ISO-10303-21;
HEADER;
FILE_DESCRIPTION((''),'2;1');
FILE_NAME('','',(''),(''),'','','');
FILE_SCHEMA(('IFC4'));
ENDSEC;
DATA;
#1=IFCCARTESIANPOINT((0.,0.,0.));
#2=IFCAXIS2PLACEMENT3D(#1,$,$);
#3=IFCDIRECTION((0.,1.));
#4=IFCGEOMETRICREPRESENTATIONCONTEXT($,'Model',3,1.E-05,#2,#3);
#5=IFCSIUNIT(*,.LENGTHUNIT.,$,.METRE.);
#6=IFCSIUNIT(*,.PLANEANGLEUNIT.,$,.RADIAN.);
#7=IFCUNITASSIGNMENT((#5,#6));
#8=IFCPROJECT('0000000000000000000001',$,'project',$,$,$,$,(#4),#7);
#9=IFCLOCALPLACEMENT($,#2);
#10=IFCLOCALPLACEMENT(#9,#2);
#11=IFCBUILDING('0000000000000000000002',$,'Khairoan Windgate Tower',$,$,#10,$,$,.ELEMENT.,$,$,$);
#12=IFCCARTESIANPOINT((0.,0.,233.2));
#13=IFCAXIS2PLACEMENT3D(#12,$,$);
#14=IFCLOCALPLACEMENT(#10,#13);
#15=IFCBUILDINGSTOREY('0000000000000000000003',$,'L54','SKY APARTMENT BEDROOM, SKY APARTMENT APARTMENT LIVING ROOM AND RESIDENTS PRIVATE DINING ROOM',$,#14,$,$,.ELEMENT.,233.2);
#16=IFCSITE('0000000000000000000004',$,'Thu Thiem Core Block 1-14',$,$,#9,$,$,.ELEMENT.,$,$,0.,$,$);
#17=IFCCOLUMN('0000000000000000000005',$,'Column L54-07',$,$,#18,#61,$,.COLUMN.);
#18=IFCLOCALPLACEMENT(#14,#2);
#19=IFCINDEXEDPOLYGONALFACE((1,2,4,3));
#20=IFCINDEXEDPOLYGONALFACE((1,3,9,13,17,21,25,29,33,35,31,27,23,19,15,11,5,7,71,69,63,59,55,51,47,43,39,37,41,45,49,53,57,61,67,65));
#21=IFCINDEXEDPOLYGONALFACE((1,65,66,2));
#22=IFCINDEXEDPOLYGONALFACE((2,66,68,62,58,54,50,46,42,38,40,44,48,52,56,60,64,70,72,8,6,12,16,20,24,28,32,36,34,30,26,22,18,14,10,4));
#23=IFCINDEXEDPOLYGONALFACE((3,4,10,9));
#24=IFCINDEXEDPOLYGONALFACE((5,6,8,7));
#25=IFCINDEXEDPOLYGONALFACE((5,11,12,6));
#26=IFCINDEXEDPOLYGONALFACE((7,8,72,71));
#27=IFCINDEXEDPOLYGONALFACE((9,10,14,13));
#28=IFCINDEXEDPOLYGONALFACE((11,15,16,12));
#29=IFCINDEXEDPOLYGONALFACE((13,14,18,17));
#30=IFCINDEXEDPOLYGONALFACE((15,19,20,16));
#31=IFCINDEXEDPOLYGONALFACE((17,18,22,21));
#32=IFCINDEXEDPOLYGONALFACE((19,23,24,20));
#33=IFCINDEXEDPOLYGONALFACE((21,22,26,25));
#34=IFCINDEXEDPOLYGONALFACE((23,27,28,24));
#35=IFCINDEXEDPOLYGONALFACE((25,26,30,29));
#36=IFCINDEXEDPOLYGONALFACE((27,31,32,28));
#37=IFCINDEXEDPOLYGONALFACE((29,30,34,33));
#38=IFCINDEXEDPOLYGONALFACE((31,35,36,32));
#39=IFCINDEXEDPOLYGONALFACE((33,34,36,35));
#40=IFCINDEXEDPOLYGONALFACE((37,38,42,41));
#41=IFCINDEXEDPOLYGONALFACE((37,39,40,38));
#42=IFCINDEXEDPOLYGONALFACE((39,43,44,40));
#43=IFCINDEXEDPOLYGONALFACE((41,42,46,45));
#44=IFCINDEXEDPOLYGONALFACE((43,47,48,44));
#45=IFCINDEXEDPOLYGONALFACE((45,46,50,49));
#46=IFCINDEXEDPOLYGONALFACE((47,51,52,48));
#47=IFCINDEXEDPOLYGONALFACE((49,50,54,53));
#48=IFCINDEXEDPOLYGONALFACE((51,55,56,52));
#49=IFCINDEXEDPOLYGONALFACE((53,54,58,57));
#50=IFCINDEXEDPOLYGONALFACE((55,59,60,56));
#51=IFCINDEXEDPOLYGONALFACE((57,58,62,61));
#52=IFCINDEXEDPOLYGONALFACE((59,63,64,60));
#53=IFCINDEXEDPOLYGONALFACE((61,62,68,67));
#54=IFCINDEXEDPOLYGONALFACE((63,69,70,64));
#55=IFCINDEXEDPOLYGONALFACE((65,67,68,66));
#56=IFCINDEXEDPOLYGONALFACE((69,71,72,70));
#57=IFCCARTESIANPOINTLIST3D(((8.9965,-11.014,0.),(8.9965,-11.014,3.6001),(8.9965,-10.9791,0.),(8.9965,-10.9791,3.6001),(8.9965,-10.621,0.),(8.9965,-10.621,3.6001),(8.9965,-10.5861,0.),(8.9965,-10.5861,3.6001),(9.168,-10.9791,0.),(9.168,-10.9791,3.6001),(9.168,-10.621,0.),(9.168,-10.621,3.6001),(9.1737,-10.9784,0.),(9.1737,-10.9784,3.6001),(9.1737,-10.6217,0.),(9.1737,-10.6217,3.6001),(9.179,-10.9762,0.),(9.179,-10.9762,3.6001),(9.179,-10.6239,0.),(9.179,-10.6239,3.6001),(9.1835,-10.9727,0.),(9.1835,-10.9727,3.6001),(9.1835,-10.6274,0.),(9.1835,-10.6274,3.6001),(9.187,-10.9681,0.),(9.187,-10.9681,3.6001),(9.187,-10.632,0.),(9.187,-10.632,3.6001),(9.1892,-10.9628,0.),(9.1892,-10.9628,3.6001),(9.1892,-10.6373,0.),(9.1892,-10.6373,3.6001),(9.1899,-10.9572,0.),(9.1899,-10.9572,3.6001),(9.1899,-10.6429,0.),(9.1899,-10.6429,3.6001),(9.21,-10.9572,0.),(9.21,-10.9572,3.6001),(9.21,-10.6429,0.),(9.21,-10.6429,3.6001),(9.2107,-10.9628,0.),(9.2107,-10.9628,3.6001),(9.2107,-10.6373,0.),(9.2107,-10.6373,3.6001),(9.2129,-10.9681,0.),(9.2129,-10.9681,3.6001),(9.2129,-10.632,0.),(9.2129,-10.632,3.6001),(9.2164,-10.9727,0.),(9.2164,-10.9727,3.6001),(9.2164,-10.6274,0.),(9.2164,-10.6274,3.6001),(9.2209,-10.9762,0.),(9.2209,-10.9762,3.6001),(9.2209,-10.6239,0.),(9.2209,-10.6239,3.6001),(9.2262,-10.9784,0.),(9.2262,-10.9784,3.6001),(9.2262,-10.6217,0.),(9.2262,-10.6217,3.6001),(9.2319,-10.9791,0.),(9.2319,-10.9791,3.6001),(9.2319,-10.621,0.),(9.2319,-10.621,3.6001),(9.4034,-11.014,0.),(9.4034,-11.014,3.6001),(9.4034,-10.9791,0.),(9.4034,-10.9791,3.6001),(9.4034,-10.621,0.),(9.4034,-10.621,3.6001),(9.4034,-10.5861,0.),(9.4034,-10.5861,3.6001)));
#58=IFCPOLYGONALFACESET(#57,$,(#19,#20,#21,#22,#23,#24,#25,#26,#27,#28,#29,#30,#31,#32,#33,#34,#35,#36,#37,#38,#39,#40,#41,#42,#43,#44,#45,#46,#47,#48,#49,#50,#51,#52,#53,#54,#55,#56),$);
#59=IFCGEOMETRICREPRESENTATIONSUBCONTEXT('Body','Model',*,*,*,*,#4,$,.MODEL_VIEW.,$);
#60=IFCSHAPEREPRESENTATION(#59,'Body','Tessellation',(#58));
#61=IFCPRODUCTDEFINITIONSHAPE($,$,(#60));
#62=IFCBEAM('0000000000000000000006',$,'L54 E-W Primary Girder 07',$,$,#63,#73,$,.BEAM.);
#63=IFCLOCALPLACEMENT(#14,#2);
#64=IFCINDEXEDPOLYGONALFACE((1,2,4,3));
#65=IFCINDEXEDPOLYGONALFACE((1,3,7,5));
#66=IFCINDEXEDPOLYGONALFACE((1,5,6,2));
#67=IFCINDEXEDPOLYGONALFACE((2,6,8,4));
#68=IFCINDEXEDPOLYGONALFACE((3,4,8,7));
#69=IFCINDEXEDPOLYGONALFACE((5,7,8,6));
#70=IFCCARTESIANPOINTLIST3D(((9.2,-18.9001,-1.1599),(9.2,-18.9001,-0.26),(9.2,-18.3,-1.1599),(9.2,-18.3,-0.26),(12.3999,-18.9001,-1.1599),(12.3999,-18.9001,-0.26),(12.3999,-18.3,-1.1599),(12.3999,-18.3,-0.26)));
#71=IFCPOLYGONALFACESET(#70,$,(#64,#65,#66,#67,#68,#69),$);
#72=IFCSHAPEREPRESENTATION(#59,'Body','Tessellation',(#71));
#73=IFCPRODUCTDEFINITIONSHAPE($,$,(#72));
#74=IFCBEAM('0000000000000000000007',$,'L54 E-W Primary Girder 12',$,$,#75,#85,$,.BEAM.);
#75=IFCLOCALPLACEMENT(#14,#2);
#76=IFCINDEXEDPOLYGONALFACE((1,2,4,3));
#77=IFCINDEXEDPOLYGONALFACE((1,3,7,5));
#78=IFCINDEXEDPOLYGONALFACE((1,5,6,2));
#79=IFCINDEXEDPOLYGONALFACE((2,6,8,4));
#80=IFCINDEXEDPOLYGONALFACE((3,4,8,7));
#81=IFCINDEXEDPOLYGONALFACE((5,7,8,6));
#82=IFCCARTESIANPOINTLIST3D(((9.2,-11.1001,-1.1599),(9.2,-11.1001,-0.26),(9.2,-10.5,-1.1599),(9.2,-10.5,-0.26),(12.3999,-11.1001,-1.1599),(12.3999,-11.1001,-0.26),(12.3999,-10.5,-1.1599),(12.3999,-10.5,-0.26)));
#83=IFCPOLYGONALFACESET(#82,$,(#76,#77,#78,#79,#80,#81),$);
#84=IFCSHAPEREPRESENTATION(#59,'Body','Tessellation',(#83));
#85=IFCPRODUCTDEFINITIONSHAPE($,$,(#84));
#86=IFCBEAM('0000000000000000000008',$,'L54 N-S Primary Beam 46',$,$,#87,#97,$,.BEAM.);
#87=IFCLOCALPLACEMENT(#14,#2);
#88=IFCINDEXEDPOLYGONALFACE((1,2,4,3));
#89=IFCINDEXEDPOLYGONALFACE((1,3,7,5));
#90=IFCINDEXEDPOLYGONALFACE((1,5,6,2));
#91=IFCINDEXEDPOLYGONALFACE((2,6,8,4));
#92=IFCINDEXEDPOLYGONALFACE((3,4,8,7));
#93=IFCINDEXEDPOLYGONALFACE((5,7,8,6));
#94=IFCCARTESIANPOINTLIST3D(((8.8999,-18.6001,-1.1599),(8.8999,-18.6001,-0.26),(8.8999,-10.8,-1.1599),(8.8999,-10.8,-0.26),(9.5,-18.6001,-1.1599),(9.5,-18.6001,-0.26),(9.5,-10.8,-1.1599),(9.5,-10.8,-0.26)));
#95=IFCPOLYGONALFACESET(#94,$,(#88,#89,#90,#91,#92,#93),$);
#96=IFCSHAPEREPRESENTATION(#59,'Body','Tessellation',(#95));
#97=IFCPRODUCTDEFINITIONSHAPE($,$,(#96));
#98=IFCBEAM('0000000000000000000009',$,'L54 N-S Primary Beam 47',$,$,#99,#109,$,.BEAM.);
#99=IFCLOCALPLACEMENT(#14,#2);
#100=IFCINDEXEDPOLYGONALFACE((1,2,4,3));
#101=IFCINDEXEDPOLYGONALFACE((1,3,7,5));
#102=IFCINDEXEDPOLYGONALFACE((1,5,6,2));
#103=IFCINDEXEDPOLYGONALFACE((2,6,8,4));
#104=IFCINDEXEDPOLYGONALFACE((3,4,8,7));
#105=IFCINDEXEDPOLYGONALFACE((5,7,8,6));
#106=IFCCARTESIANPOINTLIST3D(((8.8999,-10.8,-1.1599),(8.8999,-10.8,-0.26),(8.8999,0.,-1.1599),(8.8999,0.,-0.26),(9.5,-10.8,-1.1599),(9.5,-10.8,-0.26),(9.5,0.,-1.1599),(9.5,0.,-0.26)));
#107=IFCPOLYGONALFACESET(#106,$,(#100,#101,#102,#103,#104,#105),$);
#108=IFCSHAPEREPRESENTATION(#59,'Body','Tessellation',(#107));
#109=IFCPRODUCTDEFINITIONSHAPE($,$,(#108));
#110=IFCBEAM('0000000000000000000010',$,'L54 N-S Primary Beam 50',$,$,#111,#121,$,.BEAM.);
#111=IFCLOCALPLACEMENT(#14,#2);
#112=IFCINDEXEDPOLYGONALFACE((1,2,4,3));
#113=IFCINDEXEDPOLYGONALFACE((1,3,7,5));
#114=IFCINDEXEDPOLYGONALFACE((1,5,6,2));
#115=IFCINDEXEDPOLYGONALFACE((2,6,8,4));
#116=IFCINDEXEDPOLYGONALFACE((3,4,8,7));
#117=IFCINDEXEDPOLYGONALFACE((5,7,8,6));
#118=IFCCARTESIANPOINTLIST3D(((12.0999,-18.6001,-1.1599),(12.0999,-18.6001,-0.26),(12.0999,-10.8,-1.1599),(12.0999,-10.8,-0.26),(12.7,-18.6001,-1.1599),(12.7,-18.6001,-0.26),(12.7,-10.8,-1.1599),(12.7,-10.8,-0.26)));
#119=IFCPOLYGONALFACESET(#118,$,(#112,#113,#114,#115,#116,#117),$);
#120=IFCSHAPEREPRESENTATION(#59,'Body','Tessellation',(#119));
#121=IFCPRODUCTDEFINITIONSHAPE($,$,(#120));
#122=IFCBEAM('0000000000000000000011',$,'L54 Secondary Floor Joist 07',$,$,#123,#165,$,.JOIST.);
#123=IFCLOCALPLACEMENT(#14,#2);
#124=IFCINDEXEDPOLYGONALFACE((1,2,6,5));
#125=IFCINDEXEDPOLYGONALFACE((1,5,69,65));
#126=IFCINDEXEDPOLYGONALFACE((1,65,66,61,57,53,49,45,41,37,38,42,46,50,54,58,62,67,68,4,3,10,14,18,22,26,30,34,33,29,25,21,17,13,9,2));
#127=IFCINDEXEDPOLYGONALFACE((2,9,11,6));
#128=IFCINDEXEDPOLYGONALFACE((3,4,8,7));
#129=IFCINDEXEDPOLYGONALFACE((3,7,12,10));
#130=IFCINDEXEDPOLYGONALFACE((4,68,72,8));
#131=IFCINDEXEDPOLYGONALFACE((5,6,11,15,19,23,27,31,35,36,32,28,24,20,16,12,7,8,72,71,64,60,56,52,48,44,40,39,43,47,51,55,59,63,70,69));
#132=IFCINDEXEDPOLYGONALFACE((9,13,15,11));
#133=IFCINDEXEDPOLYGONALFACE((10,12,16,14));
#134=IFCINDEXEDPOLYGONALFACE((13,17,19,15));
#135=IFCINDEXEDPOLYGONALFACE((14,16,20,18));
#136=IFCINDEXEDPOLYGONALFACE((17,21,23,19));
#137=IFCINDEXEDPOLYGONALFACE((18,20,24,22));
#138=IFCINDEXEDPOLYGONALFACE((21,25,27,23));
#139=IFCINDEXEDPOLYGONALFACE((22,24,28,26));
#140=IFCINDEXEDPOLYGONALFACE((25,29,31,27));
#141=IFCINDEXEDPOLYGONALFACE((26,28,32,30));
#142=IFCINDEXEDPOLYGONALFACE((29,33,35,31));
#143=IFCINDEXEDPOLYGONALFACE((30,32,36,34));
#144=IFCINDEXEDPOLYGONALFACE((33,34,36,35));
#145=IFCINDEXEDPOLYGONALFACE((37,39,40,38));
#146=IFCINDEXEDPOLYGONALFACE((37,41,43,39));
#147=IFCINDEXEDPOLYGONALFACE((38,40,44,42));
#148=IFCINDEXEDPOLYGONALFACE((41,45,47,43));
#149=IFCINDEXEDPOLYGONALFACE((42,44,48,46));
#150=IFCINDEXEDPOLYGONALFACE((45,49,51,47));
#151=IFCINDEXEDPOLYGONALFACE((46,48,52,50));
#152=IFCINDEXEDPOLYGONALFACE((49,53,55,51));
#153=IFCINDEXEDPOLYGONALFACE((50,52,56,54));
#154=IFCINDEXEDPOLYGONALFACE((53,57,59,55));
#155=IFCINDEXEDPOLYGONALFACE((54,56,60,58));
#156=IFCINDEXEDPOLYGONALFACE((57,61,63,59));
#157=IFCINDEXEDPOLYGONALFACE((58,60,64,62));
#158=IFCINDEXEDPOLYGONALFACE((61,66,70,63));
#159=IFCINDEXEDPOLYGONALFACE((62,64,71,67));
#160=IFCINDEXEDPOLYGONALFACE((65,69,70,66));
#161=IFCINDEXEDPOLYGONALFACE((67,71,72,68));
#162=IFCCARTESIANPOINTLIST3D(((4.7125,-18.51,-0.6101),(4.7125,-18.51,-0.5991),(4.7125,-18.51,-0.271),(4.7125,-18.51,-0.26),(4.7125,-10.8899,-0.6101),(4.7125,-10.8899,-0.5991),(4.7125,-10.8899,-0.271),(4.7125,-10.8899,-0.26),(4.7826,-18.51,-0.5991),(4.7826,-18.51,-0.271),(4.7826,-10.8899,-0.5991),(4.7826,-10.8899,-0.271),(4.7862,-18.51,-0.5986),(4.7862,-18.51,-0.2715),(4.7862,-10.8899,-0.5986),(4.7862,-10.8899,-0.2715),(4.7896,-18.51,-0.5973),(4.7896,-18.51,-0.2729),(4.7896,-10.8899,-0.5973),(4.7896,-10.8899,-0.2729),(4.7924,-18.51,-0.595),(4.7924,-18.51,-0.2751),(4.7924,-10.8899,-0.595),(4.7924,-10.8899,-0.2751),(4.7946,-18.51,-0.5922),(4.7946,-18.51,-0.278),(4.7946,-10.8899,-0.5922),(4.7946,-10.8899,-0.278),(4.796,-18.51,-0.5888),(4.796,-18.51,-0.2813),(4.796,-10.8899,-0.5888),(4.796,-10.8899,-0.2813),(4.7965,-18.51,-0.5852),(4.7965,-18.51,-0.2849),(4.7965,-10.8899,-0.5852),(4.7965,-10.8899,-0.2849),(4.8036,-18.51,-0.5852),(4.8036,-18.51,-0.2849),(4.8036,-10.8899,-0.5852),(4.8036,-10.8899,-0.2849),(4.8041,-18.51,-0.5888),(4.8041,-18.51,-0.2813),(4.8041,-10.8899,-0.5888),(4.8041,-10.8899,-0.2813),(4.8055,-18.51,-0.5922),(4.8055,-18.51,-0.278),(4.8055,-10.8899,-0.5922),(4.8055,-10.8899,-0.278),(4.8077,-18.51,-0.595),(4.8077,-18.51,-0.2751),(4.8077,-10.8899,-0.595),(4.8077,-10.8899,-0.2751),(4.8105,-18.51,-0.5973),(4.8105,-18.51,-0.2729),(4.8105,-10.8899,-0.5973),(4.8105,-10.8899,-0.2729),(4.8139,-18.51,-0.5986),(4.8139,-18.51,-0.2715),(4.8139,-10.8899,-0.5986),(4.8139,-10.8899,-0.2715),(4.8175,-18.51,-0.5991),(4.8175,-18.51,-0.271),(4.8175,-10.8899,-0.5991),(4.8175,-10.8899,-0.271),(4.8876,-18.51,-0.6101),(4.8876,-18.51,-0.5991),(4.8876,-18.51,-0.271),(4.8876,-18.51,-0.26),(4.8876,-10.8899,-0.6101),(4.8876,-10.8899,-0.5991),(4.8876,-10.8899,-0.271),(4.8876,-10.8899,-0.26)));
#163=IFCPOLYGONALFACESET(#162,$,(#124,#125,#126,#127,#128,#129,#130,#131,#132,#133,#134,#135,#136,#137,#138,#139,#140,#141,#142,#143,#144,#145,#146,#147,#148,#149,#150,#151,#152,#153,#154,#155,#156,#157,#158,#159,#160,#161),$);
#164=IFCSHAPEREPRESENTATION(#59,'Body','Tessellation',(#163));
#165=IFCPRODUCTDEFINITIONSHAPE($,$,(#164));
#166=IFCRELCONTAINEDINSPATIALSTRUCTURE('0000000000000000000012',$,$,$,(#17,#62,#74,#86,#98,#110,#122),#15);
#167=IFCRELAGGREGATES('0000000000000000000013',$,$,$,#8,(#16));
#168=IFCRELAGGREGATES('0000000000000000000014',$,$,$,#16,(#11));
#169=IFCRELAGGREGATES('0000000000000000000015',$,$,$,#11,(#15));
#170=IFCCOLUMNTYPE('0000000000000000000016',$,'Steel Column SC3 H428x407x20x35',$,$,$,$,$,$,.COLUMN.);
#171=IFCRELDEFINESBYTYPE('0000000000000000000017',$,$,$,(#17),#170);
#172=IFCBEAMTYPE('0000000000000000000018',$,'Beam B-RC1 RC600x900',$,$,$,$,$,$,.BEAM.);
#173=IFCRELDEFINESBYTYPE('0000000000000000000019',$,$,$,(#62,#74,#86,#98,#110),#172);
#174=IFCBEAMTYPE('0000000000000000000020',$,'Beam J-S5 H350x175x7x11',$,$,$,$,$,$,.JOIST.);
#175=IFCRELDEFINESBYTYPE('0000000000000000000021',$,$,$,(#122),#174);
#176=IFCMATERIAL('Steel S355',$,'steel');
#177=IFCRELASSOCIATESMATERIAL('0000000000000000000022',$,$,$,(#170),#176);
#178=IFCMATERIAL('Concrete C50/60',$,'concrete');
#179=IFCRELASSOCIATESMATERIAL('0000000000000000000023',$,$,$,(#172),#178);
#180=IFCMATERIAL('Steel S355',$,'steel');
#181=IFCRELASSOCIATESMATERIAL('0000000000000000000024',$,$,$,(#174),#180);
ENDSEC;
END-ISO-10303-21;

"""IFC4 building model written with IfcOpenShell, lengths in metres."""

from ifc_helpers import new_model, si_unit, direction, frame, origin, origin_2d, place, context, subcontext, project, spatial, rectangle, i_section, extrude, material, material_profile, profile_set, type_object, element, save


model = new_model("IFC4")

# Units and contexts
model_context = context("Model", 3, precision=1e-05, world=origin(), true_north=direction((0.0, 1.0)))
body_context = subcontext(model_context, "Body", "Model", "MODEL_VIEW")
ifc_project = project(units=[si_unit("LENGTHUNIT", "METRE"), si_unit("PLANEANGLEUNIT", "RADIAN")], contexts=[model_context])

# Site, building, storey
site_placement = place(None, origin())
site = spatial("IfcSite", under=ifc_project, at=site_placement, Name="Thu Thiem Core Block 1-14", CompositionType="ELEMENT", RefElevation=0.0)
building_placement = place(site_placement, origin())
building = spatial("IfcBuilding", under=site, at=building_placement, Name="Khairoan Windgate Tower", CompositionType="ELEMENT")
storey_placement = place(building_placement, frame((0.0, 0.0, 233.2)))
storey = spatial("IfcBuildingStorey", under=building, at=storey_placement, Name="L54", Description="SKY APARTMENT BEDROOM, SKY APARTMENT APARTMENT LIVING ROOM AND RESIDENTS PRIVATE DINING ROOM", CompositionType="ELEMENT", Elevation=233.2)

# Column
ifc_material_1 = material(Name="Steel S355", Category="steel")
ifc_material_profile_1 = material_profile(ifc_material_1, i_section(OverallWidth=0.407, OverallDepth=0.428, WebThickness=0.02, FlangeThickness=0.0349, FilletRadius=0.022, at=origin_2d()))
ifc_profile_set_1 = profile_set([ifc_material_profile_1], Name="Steel S355")
column_type = type_object("IfcColumnType", Name="Steel Column SC3 H428x407x20x35", PredefinedType="COLUMN", material=ifc_profile_set_1)
column_placement = place(storey_placement, frame((9.2, -10.8, 0.0), z_axis=(0.0, 0.0, 1.0), x_axis=(1.0, 0.0, 0.0)))
element("IfcColumn", 1, at=column_placement, inside=storey, type_object=column_type, Name="Column L54-07", PredefinedType="COLUMN", context=body_context, shape_type="SweptSolid", body=[
    extrude(i_section(OverallWidth=0.407, OverallDepth=0.428, WebThickness=0.02, FlangeThickness=0.0349, FilletRadius=0.022, at=origin_2d()), origin(), (0.0, 0.0, 1.0), 3.6001),
])

# Beams
ifc_material_2 = material(Name="Concrete C50/60", Category="concrete")
ifc_material_profile_2 = material_profile(ifc_material_2, rectangle(XDim=0.6001, YDim=0.8999, at=origin_2d()))
ifc_profile_set_2 = profile_set([ifc_material_profile_2], Name="Concrete C50/60")
beam_type_1 = type_object("IfcBeamType", Name="Beam B-RC1 RC600x900", PredefinedType="BEAM", material=ifc_profile_set_2)
for number, where, z_axis, x_axis, name in (
    (2, (9.2, -18.6001, -0.71), (1.0, 0.0, 0.0), (0.0, 1.0, 0.0), "L54 E-W Primary Girder 07"),
    (3, (9.2, -10.8, -0.71), (1.0, 0.0, 0.0), (0.0, 1.0, 0.0), "L54 E-W Primary Girder 12"),
):
    element("IfcBeam", number, at=place(storey_placement, frame(where, z_axis=z_axis, x_axis=x_axis)), inside=storey, type_object=beam_type_1, Name=name, PredefinedType="BEAM", context=body_context, shape_type="SweptSolid", body=[
        extrude(rectangle(XDim=0.6001, YDim=0.8999, at=origin_2d()), origin(), (0.0, 0.0, 1.0), 3.2),
    ])
beam_1_placement = place(storey_placement, frame((9.2, -18.6001, -0.71), z_axis=(0.0, 1.0, 0.0), x_axis=(-1.0, 0.0, 0.0)))
element("IfcBeam", 4, at=beam_1_placement, inside=storey, type_object=beam_type_1, Name="L54 N-S Primary Beam 46", PredefinedType="BEAM", context=body_context, shape_type="SweptSolid", body=[
    extrude(rectangle(XDim=0.6001, YDim=0.8999, at=origin_2d()), origin(), (0.0, 0.0, 1.0), 7.8),
])
beam_2_placement = place(storey_placement, frame((9.2, -10.8, -0.71), z_axis=(0.0, 1.0, 0.0), x_axis=(-1.0, 0.0, 0.0)))
element("IfcBeam", 5, at=beam_2_placement, inside=storey, type_object=beam_type_1, Name="L54 N-S Primary Beam 47", PredefinedType="BEAM", context=body_context, shape_type="SweptSolid", body=[
    extrude(rectangle(XDim=0.6001, YDim=0.8999, at=origin_2d()), origin(), (0.0, 0.0, 1.0), 10.8),
])
beam_3_placement = place(storey_placement, frame((12.3999, -18.6001, -0.71), z_axis=(0.0, 1.0, 0.0), x_axis=(-1.0, 0.0, 0.0)))
element("IfcBeam", 6, at=beam_3_placement, inside=storey, type_object=beam_type_1, Name="L54 N-S Primary Beam 50", PredefinedType="BEAM", context=body_context, shape_type="SweptSolid", body=[
    extrude(rectangle(XDim=0.6001, YDim=0.8999, at=origin_2d()), origin(), (0.0, 0.0, 1.0), 7.8),
])
ifc_material_3 = material(Name="Steel S355", Category="steel")
ifc_material_profile_3 = material_profile(ifc_material_3, i_section(OverallWidth=0.175, OverallDepth=0.3501, WebThickness=0.0071, FlangeThickness=0.011, FilletRadius=0.0139, at=origin_2d()))
ifc_profile_set_3 = profile_set([ifc_material_profile_3], Name="Steel S355")
beam_type_2 = type_object("IfcBeamType", Name="Beam J-S5 H350x175x7x11", PredefinedType="JOIST", material=ifc_profile_set_3)
beam_4_placement = place(storey_placement, frame((4.8, -18.51, -0.4351), z_axis=(0.0, 1.0, 0.0), x_axis=(-1.0, 0.0, 0.0)))
element("IfcBeam", 7, at=beam_4_placement, inside=storey, type_object=beam_type_2, Name="L54 Secondary Floor Joist 07", PredefinedType="JOIST", context=body_context, shape_type="SweptSolid", body=[
    extrude(i_section(OverallWidth=0.175, OverallDepth=0.3501, WebThickness=0.0071, FlangeThickness=0.011, FilletRadius=0.0139, at=origin_2d()), origin(), (0.0, 0.0, 1.0), 7.6201),
])

save(model, "model.ifc")
